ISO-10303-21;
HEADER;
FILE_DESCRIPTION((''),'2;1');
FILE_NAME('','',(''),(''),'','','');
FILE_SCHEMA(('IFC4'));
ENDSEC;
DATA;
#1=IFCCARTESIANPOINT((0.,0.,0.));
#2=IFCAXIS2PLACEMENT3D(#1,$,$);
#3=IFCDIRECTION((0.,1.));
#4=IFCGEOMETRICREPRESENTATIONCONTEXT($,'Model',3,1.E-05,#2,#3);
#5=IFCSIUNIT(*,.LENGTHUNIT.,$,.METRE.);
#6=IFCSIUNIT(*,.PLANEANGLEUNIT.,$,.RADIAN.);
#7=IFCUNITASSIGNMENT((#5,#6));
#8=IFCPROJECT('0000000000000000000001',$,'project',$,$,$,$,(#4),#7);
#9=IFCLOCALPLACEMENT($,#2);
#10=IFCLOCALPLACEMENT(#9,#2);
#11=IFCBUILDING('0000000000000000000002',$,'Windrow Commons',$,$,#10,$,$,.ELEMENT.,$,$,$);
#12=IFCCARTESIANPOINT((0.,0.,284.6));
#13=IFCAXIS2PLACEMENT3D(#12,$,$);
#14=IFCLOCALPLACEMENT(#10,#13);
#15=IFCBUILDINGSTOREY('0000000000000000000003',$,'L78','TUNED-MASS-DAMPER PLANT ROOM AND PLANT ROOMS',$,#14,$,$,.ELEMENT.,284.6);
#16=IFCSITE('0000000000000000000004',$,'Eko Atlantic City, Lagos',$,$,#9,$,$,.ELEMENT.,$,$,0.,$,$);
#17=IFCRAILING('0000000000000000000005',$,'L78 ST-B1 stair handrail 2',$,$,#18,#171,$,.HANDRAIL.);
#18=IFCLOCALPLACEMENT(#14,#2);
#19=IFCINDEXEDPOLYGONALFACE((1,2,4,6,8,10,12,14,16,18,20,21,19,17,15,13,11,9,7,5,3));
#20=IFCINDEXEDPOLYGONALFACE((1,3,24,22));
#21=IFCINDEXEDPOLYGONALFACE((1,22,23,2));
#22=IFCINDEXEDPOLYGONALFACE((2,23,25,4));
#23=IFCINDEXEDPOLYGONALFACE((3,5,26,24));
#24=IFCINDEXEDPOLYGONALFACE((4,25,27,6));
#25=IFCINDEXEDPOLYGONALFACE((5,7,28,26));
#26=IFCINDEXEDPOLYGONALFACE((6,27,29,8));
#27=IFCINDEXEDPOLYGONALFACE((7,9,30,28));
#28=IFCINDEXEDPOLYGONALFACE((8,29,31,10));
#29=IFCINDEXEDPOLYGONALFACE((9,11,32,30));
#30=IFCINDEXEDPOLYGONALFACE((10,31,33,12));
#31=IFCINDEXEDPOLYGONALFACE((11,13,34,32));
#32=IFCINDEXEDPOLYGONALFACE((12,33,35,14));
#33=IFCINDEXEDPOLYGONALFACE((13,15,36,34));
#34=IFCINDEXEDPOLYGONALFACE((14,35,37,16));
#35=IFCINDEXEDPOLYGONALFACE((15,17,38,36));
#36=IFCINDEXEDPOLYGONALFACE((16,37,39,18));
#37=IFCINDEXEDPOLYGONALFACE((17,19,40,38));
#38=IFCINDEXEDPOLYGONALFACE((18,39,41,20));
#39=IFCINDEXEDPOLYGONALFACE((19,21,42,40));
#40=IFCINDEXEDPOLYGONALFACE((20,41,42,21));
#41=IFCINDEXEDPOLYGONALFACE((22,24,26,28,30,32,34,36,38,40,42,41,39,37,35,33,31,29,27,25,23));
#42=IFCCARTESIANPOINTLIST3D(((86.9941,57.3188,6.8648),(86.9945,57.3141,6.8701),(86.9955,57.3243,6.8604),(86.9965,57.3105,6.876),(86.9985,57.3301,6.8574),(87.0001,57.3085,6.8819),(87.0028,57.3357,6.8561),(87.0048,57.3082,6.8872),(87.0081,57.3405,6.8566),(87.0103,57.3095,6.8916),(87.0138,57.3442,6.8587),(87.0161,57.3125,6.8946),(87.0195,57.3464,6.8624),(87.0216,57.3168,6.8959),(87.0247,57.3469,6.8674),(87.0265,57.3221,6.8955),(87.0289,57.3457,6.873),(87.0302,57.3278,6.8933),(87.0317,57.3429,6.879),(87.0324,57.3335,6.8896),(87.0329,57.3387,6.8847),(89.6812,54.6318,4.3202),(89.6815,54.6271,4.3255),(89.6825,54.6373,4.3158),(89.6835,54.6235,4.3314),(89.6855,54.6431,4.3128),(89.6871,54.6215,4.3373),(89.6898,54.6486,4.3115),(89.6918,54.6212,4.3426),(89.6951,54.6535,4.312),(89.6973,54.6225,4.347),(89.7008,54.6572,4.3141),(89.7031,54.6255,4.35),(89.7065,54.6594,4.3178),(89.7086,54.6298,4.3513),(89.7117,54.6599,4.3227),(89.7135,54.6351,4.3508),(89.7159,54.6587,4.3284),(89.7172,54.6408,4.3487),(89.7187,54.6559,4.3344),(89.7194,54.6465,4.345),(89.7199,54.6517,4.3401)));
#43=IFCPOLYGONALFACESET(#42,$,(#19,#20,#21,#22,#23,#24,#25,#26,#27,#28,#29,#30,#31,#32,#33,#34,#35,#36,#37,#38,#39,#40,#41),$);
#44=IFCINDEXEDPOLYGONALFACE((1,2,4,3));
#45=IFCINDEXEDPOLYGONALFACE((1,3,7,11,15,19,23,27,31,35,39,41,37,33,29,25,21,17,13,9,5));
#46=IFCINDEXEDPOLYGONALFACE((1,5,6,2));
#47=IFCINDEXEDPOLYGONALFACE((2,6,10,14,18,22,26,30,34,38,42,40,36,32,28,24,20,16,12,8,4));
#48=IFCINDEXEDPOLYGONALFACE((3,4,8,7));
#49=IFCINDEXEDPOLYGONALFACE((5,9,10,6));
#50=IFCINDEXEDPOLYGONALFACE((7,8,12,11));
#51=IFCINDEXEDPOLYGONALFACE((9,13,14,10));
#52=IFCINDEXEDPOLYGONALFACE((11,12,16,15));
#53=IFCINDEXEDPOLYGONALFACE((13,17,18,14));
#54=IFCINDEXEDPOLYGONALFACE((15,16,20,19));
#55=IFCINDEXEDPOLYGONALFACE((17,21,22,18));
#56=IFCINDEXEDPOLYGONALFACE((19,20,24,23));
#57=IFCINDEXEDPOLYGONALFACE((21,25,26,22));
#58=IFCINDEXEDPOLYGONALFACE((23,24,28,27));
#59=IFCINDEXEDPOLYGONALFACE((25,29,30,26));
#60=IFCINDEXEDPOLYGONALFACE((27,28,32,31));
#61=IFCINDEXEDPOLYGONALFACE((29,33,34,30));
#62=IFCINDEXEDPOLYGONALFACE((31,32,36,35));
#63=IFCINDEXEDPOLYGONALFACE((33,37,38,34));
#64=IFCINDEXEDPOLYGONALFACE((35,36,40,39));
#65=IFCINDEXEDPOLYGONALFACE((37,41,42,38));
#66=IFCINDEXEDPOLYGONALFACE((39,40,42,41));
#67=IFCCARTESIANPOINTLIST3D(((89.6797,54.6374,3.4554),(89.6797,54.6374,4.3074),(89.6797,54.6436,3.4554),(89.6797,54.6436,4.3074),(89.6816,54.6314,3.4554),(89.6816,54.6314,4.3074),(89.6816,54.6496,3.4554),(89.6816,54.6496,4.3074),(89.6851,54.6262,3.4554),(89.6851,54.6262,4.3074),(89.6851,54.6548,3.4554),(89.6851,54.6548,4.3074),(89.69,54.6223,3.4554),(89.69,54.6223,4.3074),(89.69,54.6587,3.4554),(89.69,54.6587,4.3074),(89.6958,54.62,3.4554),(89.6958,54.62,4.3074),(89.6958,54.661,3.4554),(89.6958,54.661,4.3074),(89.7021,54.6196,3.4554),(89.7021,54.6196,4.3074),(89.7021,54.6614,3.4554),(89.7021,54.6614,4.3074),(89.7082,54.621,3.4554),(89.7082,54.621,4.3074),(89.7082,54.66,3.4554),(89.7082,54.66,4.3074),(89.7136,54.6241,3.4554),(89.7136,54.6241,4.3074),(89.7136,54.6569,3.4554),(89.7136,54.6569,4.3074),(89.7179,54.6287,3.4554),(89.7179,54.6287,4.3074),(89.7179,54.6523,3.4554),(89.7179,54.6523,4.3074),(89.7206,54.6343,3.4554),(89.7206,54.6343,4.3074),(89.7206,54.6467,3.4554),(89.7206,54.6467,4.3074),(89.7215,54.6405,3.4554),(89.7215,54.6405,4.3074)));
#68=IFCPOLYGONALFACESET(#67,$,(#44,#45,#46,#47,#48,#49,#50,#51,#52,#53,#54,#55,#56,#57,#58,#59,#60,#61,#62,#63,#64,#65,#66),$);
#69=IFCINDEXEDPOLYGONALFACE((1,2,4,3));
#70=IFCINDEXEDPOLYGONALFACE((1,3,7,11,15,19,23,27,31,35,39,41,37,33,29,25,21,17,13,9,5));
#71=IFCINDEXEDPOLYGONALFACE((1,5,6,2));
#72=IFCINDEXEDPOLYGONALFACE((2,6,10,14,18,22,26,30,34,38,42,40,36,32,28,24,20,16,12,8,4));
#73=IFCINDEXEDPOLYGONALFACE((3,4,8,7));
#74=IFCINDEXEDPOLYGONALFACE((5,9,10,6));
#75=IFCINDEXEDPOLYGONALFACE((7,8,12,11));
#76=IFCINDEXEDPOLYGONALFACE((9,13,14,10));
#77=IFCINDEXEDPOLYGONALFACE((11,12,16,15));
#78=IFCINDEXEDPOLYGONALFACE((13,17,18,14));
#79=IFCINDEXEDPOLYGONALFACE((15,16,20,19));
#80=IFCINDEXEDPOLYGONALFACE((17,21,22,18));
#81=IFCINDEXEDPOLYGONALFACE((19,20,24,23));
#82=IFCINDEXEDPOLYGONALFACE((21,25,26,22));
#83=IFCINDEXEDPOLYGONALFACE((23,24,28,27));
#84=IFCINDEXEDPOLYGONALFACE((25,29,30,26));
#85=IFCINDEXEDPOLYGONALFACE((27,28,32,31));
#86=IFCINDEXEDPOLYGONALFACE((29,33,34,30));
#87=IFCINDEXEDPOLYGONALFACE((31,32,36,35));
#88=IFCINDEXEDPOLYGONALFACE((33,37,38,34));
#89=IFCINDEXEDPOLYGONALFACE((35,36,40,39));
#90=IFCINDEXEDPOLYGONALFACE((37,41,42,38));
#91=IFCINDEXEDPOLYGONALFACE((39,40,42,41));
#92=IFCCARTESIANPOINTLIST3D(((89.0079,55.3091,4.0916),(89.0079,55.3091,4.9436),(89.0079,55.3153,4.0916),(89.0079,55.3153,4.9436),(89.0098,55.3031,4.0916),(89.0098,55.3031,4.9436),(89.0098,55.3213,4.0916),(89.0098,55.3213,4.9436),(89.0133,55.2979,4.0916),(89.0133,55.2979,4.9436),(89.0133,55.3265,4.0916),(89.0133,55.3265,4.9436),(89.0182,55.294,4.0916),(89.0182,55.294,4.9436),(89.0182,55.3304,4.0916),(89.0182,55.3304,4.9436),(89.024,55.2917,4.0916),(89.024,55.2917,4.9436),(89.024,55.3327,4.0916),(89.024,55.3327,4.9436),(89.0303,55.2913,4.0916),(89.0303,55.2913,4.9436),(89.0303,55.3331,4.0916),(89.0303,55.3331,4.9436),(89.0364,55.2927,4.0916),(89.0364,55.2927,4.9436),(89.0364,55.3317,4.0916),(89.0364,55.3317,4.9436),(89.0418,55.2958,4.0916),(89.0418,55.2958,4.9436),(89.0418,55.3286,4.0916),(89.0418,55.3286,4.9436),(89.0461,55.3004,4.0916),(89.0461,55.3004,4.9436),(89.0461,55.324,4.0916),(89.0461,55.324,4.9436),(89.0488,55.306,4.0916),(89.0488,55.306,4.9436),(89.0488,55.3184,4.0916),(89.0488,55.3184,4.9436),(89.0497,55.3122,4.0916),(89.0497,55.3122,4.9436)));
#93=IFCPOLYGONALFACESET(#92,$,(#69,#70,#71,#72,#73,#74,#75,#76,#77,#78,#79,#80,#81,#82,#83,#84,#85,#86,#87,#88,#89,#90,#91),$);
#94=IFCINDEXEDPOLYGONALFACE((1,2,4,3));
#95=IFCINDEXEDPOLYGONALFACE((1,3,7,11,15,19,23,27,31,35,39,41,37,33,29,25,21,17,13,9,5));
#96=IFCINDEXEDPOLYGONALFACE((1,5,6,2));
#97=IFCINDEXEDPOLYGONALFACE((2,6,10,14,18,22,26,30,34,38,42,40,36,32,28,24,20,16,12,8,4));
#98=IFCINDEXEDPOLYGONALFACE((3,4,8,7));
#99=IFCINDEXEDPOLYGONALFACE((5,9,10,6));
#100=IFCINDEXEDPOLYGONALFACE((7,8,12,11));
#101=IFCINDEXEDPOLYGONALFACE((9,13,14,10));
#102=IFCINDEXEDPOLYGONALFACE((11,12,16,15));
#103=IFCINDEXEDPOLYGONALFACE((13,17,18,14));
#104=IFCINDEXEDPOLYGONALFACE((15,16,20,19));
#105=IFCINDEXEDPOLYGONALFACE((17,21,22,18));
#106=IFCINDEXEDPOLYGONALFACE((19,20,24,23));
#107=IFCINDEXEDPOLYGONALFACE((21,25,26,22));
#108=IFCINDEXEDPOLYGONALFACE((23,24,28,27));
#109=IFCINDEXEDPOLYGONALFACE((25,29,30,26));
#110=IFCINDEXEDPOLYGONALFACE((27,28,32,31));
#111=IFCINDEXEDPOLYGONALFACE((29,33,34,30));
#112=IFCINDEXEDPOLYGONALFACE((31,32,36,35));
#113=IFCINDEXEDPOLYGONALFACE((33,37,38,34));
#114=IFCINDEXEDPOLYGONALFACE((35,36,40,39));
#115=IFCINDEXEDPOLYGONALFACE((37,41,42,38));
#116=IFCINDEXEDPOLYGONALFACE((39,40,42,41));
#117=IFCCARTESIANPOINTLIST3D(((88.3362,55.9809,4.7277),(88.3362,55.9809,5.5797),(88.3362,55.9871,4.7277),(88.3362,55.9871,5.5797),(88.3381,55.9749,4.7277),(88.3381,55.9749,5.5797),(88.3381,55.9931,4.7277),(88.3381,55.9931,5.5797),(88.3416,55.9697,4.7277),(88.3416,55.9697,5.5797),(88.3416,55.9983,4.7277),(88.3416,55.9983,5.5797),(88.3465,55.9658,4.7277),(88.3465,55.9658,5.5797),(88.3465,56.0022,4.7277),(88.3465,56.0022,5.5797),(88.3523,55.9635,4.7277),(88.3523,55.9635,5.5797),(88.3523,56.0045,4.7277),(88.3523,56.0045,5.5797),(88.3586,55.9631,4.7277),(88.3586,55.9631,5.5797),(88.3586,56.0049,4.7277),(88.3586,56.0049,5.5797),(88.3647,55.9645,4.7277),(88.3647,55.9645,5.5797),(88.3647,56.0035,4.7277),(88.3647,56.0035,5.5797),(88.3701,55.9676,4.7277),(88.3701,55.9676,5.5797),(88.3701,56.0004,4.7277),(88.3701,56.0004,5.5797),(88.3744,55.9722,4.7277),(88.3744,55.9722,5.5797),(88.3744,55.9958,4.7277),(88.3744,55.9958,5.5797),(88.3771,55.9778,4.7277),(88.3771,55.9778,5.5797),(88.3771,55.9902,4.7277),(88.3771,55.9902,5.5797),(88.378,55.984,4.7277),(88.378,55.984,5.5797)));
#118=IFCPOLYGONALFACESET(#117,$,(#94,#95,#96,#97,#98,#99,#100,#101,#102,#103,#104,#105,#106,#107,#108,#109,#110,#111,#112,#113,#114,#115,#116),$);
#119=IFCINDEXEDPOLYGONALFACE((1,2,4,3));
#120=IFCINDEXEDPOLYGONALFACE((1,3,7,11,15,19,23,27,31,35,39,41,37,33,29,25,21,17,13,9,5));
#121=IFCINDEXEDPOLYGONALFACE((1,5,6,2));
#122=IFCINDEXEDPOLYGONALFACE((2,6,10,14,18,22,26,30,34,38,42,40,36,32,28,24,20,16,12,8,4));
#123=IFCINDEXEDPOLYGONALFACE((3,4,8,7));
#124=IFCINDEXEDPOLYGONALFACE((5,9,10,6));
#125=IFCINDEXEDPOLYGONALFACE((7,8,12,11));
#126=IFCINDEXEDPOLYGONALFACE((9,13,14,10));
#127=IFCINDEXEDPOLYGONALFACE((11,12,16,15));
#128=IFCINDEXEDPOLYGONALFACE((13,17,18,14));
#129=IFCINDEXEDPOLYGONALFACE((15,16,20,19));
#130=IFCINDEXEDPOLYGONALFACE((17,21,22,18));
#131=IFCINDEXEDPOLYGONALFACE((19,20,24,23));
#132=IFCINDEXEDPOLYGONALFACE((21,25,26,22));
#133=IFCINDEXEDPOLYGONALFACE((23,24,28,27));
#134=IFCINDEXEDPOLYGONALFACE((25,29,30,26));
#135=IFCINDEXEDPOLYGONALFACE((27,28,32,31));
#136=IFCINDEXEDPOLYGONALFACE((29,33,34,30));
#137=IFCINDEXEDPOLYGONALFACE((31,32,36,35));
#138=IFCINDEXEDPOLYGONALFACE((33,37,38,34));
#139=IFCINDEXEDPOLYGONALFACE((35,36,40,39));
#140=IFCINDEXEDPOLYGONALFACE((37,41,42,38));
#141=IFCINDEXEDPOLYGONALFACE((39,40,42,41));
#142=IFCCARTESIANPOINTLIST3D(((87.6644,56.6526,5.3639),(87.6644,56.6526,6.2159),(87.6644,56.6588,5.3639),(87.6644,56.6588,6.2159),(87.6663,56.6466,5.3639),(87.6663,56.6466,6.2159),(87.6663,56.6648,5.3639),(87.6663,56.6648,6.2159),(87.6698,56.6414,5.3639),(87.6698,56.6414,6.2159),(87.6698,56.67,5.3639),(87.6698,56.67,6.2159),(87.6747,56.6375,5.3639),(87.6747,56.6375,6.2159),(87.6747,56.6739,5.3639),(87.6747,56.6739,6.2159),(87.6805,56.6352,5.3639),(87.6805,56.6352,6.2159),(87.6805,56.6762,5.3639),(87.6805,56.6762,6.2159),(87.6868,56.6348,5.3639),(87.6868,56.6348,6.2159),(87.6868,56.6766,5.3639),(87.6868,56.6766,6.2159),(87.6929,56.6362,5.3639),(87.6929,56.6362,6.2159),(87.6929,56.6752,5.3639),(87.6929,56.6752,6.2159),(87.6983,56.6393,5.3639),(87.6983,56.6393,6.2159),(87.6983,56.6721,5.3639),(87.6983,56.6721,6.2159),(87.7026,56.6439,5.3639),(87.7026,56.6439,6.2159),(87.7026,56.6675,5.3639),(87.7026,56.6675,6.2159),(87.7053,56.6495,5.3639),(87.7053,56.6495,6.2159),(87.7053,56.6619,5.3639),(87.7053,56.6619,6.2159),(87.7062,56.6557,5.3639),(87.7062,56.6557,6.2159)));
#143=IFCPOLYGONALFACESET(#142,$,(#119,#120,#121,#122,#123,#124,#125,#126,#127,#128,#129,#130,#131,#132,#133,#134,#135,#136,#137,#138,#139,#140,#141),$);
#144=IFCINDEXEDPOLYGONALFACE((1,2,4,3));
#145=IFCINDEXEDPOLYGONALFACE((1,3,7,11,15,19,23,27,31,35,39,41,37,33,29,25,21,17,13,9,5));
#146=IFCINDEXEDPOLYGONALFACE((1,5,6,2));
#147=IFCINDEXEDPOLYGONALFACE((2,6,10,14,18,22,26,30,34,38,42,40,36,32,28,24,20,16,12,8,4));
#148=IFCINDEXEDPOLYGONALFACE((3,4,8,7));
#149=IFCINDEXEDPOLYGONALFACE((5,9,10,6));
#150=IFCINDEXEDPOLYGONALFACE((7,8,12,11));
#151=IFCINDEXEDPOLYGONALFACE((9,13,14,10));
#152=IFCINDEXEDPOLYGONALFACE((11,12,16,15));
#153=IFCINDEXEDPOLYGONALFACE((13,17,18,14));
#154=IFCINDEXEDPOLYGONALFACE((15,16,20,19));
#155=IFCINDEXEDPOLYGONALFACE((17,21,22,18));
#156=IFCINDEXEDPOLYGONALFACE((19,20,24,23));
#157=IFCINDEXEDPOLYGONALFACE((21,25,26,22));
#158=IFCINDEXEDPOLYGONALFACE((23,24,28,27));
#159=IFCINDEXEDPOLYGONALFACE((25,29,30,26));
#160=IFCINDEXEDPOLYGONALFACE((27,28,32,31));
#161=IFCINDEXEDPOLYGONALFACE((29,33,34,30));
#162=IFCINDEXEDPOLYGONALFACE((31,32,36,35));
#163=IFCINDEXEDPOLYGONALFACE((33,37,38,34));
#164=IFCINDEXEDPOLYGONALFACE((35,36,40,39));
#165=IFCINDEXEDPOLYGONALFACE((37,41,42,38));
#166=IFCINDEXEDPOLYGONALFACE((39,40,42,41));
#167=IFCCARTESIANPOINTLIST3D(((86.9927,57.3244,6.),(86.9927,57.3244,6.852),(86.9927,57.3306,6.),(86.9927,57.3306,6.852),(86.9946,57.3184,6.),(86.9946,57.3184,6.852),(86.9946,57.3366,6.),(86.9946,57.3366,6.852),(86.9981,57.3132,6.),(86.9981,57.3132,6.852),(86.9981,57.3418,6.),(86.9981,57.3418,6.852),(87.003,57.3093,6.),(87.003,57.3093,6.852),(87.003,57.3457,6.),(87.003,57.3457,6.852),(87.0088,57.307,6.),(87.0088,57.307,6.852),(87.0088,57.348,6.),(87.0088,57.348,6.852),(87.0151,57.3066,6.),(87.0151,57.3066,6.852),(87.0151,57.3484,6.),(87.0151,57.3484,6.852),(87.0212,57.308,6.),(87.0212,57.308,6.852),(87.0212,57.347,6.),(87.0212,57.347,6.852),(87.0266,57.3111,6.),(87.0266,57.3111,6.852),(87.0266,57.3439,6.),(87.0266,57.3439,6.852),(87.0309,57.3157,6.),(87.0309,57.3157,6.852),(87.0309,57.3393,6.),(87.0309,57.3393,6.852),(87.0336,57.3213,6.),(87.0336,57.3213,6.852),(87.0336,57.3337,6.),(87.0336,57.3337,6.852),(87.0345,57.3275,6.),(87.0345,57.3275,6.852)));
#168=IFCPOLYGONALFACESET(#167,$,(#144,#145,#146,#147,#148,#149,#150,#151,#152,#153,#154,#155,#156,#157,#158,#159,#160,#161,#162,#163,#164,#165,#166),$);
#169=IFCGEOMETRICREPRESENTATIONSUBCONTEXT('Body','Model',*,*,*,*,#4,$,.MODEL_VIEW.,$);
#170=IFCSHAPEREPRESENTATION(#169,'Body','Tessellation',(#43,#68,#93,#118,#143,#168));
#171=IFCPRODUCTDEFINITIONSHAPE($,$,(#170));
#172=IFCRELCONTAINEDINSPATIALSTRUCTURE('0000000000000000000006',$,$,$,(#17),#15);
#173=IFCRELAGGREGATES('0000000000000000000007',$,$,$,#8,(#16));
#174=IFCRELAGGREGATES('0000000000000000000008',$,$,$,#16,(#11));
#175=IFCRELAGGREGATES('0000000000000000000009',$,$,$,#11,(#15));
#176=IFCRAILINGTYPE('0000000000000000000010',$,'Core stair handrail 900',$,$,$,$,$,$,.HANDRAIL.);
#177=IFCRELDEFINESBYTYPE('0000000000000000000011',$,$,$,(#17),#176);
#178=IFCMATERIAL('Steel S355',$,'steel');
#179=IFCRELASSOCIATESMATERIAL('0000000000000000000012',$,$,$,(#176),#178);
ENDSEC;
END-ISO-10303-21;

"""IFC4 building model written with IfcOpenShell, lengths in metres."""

from ifc_helpers import new_model, si_unit, direction, frame, origin, origin_2d, place, context, subcontext, project, spatial, circle, extrude, material, type_object, element, save


model = new_model("IFC4")

# Units and contexts
model_context = context("Model", 3, precision=1e-05, world=origin(), true_north=direction((0.0, 1.0)))
body_context = subcontext(model_context, "Body", "Model", "MODEL_VIEW")
ifc_project = project(units=[si_unit("LENGTHUNIT", "METRE"), si_unit("PLANEANGLEUNIT", "RADIAN")], contexts=[model_context])

# Site, building, storey
site_placement = place(None, origin())
site = spatial("IfcSite", under=ifc_project, at=site_placement, Name="Eko Atlantic City, Lagos", CompositionType="ELEMENT", RefElevation=0.0)
building_placement = place(site_placement, origin())
building = spatial("IfcBuilding", under=site, at=building_placement, Name="Windrow Commons", CompositionType="ELEMENT")
storey_placement = place(building_placement, frame((0.0, 0.0, 284.6)))
storey = spatial("IfcBuildingStorey", under=building, at=storey_placement, Name="L78", Description="TUNED-MASS-DAMPER PLANT ROOM AND PLANT ROOMS", CompositionType="ELEMENT", Elevation=284.6)

# Railing
ifc_material_1 = material(Name="Steel S355", Category="steel")
railing_type_1 = type_object("IfcRailingType", Name="Core stair handrail 900", PredefinedType="HANDRAIL", material=ifc_material_1)
railing_1_placement = place(storey_placement, frame((89.7005, 54.6405, 3.4554)))
element("IfcRailing", 1, at=railing_1_placement, inside=storey, type_object=railing_type_1, Name="L78 ST-B1 stair handrail 2", PredefinedType="HANDRAIL", context=body_context, shape_type="SweptSolid", body=[
    extrude(circle(Radius=0.024, at=origin_2d()), frame((0.0, 0.0, 0.876), z_axis=(-0.587543, 0.587543, 0.556405), x_axis=(-0.707107, -0.707107, 0.0)), (0.0, 0.0, 1.0), 4.5733),
    extrude(circle(Radius=0.021, at=origin_2d()), origin(), (0.0, 0.0, 1.0), 0.852),
    extrude(circle(Radius=0.021, at=origin_2d()), frame((-0.6718, 0.6717, 0.6362)), (0.0, 0.0, 1.0), 0.852),
    extrude(circle(Radius=0.021, at=origin_2d()), frame((-1.3435, 1.3435, 1.2723)), (0.0, 0.0, 1.0), 0.852),
    extrude(circle(Radius=0.021, at=origin_2d()), frame((-2.0153, 2.0152, 1.9085)), (0.0, 0.0, 1.0), 0.852),
    extrude(circle(Radius=0.021, at=origin_2d()), frame((-2.687, 2.687, 2.5446)), (0.0, 0.0, 1.0), 0.852),
])

save(model, "model.ifc")
